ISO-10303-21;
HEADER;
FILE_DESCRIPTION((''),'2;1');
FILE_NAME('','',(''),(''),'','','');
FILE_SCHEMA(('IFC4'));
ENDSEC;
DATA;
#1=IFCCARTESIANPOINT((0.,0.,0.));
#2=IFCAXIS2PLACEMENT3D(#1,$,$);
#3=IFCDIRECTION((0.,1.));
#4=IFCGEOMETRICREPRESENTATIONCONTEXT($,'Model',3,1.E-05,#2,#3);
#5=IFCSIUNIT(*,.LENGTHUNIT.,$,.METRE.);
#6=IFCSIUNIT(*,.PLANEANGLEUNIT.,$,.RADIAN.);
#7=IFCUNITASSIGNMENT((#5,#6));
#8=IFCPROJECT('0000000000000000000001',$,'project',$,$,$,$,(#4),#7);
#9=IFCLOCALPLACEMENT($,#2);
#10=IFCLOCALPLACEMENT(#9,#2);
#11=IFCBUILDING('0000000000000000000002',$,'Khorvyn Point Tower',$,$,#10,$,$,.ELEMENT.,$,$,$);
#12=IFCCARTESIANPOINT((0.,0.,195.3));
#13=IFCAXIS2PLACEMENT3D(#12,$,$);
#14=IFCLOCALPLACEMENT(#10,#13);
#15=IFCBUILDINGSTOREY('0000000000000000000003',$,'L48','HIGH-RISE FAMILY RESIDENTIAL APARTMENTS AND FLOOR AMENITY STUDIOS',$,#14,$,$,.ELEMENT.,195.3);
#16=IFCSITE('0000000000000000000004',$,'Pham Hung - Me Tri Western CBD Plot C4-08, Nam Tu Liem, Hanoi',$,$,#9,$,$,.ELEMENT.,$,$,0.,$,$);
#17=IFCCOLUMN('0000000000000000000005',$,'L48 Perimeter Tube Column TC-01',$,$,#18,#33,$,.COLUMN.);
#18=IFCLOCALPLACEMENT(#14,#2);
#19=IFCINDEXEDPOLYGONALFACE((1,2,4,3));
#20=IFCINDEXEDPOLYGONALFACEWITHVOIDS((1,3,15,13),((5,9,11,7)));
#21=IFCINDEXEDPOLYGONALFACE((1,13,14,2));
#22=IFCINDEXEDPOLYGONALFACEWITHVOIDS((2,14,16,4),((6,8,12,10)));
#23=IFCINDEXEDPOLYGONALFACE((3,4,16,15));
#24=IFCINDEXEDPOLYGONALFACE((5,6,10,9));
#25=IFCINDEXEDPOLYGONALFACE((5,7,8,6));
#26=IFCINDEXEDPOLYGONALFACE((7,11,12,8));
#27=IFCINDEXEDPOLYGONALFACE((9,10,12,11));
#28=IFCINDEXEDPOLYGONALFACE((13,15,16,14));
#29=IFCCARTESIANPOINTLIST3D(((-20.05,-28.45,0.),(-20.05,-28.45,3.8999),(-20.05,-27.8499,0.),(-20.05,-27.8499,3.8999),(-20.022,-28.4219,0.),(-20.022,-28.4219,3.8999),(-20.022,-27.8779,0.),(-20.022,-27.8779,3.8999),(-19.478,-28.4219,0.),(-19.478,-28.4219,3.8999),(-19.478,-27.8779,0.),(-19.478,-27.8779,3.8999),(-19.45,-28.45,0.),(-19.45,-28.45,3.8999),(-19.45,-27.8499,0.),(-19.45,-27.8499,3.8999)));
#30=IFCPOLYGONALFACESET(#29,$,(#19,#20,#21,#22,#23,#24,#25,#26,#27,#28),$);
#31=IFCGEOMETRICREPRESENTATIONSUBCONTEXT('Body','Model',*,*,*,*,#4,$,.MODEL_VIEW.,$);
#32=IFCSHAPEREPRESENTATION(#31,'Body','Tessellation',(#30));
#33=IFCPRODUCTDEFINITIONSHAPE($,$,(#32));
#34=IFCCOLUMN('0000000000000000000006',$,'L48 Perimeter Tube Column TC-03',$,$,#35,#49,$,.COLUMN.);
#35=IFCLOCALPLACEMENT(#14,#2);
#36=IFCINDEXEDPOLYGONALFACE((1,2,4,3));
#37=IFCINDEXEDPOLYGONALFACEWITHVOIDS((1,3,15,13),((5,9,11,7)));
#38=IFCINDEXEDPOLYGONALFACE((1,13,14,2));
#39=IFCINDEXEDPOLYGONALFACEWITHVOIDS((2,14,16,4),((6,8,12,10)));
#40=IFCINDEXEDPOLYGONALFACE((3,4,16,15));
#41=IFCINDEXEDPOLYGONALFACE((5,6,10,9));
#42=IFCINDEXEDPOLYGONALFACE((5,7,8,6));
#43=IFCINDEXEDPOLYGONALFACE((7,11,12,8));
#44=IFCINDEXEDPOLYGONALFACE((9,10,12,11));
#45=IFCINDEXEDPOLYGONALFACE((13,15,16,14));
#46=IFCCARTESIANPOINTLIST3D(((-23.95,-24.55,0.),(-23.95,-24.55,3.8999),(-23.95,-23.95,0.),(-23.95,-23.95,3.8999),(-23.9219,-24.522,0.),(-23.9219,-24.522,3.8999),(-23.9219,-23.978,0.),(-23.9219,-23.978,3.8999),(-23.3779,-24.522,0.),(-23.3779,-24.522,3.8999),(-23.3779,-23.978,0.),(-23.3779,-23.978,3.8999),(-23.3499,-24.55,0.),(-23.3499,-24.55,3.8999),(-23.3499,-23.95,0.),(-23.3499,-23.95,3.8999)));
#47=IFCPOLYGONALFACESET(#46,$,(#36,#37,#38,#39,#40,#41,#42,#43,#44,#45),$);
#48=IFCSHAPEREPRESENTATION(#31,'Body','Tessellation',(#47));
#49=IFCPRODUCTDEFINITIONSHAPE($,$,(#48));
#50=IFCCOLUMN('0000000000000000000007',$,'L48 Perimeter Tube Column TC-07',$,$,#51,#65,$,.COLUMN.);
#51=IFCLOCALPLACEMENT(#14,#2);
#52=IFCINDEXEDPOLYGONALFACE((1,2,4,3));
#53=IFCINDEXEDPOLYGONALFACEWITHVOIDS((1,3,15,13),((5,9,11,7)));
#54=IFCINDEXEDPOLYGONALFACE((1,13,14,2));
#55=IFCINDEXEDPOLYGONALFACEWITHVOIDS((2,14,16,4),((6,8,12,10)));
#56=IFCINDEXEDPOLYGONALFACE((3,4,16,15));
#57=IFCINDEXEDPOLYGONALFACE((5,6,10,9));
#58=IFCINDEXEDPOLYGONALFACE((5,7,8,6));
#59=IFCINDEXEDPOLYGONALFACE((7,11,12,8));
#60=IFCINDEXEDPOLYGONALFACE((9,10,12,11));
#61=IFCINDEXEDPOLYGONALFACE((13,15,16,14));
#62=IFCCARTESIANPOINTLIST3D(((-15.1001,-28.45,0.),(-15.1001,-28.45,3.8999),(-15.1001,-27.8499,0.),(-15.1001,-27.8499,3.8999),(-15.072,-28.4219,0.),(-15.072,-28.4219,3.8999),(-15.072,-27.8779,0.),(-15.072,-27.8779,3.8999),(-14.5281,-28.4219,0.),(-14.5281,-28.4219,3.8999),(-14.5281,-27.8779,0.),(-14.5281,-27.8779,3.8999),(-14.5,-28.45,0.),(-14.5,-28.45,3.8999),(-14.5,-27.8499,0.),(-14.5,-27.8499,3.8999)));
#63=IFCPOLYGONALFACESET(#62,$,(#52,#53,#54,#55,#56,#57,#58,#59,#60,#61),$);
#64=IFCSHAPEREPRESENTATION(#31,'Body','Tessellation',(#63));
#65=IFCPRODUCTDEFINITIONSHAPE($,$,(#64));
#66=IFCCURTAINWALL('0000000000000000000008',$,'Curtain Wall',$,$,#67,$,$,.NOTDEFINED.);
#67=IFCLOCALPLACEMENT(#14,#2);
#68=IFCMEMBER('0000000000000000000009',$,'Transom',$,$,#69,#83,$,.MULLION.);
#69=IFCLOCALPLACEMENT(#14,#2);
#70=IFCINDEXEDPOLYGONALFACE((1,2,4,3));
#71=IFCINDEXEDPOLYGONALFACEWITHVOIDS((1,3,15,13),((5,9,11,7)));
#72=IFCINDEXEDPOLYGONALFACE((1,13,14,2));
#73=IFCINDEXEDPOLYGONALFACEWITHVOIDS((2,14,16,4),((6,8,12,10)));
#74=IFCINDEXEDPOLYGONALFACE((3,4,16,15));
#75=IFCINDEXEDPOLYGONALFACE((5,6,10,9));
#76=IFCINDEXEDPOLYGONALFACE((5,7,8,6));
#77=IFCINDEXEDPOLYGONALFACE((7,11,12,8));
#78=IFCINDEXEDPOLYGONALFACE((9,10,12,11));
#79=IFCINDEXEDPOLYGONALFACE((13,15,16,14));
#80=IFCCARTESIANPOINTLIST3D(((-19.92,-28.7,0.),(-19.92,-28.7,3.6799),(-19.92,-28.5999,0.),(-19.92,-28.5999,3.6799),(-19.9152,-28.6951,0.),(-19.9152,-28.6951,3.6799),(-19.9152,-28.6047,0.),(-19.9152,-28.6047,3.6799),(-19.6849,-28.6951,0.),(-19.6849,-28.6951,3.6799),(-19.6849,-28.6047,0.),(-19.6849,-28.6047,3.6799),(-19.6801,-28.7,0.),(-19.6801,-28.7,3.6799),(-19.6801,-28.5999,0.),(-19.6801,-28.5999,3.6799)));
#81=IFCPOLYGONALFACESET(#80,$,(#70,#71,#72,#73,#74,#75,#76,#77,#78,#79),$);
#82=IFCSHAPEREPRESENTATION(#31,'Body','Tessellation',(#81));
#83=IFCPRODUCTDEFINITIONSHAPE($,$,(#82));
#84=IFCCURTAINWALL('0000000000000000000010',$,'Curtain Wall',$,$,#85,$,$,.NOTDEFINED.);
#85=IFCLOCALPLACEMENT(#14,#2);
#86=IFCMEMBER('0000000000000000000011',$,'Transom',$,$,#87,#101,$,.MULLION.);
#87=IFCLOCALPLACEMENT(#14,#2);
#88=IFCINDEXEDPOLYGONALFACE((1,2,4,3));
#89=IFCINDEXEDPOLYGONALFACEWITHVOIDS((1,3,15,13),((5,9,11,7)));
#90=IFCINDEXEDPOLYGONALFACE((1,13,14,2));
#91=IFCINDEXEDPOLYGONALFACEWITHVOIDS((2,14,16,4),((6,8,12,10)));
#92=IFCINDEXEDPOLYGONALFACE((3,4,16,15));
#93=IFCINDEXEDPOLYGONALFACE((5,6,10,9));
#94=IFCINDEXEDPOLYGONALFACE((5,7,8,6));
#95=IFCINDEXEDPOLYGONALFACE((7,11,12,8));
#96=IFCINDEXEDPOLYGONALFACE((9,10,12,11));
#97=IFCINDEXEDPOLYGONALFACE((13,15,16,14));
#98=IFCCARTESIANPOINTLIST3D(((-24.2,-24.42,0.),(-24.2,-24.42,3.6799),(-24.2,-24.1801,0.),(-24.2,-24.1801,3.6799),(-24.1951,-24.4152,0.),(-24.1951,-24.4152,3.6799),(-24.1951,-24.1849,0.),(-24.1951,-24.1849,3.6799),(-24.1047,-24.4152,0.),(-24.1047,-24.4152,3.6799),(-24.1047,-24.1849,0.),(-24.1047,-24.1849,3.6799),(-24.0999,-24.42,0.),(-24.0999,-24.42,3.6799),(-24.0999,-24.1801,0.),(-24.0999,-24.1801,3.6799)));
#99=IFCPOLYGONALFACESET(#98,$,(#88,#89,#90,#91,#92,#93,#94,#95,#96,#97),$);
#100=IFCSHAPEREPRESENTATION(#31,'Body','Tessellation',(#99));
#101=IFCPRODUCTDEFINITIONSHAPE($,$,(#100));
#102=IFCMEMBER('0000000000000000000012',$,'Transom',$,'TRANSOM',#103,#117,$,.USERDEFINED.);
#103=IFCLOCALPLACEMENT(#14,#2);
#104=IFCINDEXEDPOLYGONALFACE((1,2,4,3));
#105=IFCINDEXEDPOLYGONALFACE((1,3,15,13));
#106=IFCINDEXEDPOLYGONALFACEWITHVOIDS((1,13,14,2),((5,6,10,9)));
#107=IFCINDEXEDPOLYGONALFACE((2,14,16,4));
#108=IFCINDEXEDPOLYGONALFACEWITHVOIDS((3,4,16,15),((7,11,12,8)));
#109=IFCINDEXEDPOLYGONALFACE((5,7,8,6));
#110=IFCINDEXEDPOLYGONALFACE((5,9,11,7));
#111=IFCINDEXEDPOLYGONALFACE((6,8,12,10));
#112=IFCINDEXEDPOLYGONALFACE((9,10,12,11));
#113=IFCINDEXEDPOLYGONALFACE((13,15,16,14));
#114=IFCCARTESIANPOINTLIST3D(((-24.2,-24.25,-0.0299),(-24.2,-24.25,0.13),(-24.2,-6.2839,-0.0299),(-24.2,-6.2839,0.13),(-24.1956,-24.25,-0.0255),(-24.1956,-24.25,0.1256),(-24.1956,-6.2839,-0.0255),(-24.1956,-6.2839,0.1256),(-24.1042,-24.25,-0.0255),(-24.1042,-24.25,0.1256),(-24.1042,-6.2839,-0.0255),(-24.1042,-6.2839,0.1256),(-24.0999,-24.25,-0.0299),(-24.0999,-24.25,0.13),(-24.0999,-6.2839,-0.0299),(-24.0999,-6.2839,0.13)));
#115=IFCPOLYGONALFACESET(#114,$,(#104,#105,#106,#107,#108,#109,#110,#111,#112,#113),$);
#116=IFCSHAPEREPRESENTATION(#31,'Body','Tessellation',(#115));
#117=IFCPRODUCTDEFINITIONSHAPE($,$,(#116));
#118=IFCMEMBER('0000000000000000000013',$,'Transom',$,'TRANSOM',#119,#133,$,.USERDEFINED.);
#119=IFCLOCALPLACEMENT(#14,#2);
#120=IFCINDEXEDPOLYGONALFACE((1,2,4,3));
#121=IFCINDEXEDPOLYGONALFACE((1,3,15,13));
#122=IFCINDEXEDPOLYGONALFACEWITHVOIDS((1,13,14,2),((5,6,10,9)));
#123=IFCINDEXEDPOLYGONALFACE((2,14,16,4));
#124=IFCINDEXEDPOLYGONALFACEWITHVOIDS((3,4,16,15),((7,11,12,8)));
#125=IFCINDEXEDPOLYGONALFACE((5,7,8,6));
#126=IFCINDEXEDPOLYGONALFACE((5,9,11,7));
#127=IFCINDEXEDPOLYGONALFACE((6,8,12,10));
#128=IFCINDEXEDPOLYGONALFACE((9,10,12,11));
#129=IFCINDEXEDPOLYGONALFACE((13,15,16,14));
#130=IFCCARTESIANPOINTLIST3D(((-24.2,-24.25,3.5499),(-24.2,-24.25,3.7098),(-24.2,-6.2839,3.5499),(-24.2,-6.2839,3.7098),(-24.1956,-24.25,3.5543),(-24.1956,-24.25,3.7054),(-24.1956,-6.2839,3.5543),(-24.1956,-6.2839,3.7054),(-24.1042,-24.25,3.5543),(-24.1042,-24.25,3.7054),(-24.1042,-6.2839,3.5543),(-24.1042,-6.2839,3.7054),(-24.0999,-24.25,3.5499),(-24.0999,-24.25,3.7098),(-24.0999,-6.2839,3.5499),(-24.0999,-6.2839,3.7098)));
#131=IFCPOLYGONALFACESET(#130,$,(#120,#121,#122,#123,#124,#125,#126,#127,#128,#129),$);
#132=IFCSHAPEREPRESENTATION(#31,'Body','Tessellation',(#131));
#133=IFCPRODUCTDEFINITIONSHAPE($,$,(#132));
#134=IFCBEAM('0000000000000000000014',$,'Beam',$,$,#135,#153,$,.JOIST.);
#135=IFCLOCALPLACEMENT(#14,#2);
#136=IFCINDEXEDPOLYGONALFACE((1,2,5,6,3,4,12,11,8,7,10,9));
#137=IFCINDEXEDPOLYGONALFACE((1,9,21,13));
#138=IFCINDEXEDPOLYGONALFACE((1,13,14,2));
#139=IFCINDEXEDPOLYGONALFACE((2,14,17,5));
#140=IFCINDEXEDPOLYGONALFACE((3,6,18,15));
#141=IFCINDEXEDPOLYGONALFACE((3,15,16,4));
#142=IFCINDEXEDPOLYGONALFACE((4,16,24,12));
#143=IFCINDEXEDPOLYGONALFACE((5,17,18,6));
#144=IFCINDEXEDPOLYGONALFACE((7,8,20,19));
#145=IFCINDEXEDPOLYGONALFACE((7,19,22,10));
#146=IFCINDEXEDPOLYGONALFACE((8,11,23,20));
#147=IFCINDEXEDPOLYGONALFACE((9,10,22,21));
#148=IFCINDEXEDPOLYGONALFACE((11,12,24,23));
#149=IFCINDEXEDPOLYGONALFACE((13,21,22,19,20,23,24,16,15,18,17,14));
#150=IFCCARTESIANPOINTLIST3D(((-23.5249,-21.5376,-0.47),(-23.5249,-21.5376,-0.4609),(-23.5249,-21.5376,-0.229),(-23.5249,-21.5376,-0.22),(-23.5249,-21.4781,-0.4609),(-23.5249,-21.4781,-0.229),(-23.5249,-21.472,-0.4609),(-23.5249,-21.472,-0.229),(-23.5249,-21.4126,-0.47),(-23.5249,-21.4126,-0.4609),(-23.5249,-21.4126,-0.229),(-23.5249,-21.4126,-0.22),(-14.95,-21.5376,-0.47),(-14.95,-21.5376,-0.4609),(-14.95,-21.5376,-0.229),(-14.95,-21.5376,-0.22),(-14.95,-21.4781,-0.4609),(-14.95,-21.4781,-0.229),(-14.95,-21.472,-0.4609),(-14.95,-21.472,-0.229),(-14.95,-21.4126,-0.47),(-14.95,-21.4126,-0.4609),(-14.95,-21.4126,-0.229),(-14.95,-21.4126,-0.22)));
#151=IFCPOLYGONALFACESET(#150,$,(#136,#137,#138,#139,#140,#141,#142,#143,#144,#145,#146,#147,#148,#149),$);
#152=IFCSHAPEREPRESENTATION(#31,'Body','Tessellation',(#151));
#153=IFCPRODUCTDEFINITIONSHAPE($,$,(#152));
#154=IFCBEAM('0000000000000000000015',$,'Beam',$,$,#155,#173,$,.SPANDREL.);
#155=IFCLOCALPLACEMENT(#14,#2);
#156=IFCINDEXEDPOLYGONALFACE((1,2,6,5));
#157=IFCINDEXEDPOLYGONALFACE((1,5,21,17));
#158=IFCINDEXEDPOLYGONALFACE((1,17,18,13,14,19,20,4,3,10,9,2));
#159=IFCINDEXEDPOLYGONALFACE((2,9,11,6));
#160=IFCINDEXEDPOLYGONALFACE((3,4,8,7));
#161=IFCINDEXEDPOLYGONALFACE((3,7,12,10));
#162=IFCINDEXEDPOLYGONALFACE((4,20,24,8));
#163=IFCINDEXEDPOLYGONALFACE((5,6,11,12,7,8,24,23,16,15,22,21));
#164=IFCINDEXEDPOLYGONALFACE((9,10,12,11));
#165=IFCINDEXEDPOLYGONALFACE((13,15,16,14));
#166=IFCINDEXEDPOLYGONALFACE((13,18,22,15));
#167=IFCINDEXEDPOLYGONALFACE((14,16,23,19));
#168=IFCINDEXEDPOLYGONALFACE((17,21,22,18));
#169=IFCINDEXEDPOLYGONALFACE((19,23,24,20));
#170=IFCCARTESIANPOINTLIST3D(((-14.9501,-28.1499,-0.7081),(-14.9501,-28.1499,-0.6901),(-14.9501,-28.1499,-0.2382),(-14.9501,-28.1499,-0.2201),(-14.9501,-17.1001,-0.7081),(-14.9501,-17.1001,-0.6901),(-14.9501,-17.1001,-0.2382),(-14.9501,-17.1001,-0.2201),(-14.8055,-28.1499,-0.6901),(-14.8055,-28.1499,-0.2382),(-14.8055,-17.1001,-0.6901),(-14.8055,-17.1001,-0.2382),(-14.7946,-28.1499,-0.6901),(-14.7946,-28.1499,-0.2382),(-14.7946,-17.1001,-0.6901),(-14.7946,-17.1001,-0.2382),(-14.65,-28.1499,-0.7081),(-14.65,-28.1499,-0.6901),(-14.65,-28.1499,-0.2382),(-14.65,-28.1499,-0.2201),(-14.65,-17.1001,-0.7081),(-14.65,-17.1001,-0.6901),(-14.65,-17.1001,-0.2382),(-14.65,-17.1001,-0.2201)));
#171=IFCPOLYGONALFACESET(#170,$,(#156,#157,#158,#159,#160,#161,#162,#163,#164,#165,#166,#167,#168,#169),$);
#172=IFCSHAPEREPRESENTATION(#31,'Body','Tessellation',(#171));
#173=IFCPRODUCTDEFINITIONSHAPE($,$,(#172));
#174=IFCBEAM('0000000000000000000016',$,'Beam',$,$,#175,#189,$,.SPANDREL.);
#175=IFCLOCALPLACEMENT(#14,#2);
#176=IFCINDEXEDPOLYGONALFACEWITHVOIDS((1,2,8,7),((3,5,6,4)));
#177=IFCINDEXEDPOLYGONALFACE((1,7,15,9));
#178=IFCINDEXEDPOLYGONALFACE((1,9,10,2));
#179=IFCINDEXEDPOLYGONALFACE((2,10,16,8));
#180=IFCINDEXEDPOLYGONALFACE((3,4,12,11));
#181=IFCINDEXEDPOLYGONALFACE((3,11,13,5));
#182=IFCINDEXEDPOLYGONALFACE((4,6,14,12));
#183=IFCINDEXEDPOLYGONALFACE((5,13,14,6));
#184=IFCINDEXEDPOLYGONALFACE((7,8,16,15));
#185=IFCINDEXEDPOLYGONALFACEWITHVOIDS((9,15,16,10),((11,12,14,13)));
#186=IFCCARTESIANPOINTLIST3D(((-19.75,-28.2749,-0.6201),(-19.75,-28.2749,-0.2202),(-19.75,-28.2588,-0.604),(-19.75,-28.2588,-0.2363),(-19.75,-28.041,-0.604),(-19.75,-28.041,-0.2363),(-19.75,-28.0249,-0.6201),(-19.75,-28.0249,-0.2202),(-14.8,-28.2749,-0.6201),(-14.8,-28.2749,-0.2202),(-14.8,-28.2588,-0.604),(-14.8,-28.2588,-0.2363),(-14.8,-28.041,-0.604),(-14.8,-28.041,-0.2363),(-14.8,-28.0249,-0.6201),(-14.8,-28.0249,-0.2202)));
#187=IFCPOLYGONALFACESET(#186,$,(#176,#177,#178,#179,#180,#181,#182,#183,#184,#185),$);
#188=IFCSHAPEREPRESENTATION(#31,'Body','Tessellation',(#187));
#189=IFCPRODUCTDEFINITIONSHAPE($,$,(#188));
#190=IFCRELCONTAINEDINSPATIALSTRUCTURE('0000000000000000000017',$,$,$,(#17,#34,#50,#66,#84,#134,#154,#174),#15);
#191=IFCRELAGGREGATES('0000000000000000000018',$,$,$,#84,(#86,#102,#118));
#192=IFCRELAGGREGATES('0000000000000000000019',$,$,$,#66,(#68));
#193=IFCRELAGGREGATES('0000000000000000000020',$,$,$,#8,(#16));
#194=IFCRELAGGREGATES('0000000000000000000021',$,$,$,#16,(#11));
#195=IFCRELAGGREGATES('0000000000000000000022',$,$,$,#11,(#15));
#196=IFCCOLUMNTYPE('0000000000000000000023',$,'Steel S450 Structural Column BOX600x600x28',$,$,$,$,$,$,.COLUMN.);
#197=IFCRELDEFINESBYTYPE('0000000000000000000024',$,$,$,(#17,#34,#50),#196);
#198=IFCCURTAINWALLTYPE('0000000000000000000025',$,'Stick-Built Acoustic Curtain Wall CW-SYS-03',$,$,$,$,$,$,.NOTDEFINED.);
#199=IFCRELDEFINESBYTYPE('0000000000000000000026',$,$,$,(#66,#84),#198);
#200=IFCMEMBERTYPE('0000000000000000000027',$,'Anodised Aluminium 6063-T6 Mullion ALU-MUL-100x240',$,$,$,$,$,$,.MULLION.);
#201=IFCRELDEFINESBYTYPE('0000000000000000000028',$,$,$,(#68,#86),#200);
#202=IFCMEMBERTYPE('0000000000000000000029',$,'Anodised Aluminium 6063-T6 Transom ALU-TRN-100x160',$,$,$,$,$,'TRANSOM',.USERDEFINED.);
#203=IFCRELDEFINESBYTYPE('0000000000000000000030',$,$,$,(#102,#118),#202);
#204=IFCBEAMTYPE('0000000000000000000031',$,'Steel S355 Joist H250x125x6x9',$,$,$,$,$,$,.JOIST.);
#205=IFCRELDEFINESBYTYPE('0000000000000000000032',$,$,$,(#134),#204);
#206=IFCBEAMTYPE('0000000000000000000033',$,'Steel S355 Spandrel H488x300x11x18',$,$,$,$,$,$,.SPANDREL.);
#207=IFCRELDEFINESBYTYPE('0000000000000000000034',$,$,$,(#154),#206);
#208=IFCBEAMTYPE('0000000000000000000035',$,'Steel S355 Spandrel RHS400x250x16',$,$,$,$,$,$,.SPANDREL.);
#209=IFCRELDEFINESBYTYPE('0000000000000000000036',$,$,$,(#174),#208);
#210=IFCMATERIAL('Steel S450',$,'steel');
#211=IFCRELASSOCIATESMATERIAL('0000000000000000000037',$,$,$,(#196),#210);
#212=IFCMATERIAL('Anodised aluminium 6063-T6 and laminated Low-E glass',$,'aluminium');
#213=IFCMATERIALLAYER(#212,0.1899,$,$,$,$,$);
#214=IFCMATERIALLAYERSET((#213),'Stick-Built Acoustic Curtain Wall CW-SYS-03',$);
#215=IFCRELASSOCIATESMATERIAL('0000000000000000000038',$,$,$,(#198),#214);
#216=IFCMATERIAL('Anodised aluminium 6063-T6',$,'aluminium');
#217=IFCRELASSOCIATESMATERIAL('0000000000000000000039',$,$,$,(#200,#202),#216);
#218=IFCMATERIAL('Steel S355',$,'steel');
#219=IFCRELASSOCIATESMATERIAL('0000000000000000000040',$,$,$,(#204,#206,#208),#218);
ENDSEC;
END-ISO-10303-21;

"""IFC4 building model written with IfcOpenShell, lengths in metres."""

from ifc_helpers import new_model, si_unit, direction, frame, origin, origin_2d, place, context, subcontext, project, spatial, hollow_rectangle, i_section, extrude, material, layer, layer_set, material_profile, profile_set, type_object, element, aggregate, save


model = new_model("IFC4")

# Units and contexts
model_context = context("Model", 3, precision=1e-05, world=origin(), true_north=direction((0.0, 1.0)))
body_context = subcontext(model_context, "Body", "Model", "MODEL_VIEW")
ifc_project = project(units=[si_unit("LENGTHUNIT", "METRE"), si_unit("PLANEANGLEUNIT", "RADIAN")], contexts=[model_context])

# Site, building, storey
site_placement = place(None, origin())
site = spatial("IfcSite", under=ifc_project, at=site_placement, Name="Pham Hung - Me Tri Western CBD Plot C4-08, Nam Tu Liem, Hanoi", CompositionType="ELEMENT", RefElevation=0.0)
building_placement = place(site_placement, origin())
building = spatial("IfcBuilding", under=site, at=building_placement, Name="Khorvyn Point Tower", CompositionType="ELEMENT")
storey_placement = place(building_placement, frame((0.0, 0.0, 195.3)))
storey = spatial("IfcBuildingStorey", under=building, at=storey_placement, Name="L48", Description="HIGH-RISE FAMILY RESIDENTIAL APARTMENTS AND FLOOR AMENITY STUDIOS", CompositionType="ELEMENT", Elevation=195.3)

# Columns
ifc_material_1 = material(Name="Steel S450", Category="steel")
ifc_material_profile_1 = material_profile(ifc_material_1, hollow_rectangle(XDim=0.6001, YDim=0.6001, WallThickness=0.0281, at=origin_2d()))
ifc_profile_set_1 = profile_set([ifc_material_profile_1], Name="Steel S450 BOX600x600x28")
column_type = type_object("IfcColumnType", Name="Steel S450 Structural Column BOX600x600x28", PredefinedType="COLUMN", material=ifc_profile_set_1)
for number, where, z_axis, x_axis, name in (
    (1, (-19.75, -28.1499, 0.0), (0.0, 0.0, 1.0), (1.0, 0.0, 0.0), "L48 Perimeter Tube Column TC-01"),
    (2, (-23.6499, -24.25, 0.0), (0.0, 0.0, 1.0), (1.0, 0.0, 0.0), "L48 Perimeter Tube Column TC-03"),
    (3, (-14.8, -28.1499, 0.0), (0.0, 0.0, 1.0), (1.0, 0.0, 0.0), "L48 Perimeter Tube Column TC-07"),
):
    element("IfcColumn", number, at=place(storey_placement, frame(where, z_axis=z_axis, x_axis=x_axis)), inside=storey, type_object=column_type, Name=name, PredefinedType="COLUMN", context=body_context, shape_type="SweptSolid", body=[
        extrude(hollow_rectangle(XDim=0.6001, YDim=0.6001, WallThickness=0.0281, at=origin_2d()), origin(), (0.0, 0.0, 1.0), 3.8999),
    ])

# Curtain wall, member
ifc_material_2 = material(Name="Anodised aluminium 6063-T6 and laminated Low-E glass", Category="aluminium")
ifc_layer_1 = layer(ifc_material_2, 0.1899)
ifc_layer_set_1 = layer_set([ifc_layer_1], Name="Stick-Built Acoustic Curtain Wall CW-SYS-03")
curtain_wall_type = type_object("IfcCurtainWallType", Name="Stick-Built Acoustic Curtain Wall CW-SYS-03", PredefinedType="NOTDEFINED", material=ifc_layer_set_1)
curtain_wall_1_placement = place(storey_placement, origin())
curtain_wall_1 = element("IfcCurtainWall", 4, at=curtain_wall_1_placement, inside=storey, type_object=curtain_wall_type, Name="Curtain Wall", PredefinedType="NOTDEFINED")
ifc_material_3 = material(Name="Anodised aluminium 6063-T6", Category="aluminium")
ifc_material_profile_2 = material_profile(ifc_material_3, hollow_rectangle(XDim=0.1001, YDim=0.24, WallThickness=0.0049, at=origin_2d()))
ifc_profile_set_2 = profile_set([ifc_material_profile_2], Name="Anodised aluminium 6063-T6 ALU-MUL-100x240")
member_type_1 = type_object("IfcMemberType", Name="Anodised Aluminium 6063-T6 Mullion ALU-MUL-100x240", PredefinedType="MULLION", material=ifc_profile_set_2)
member_1_placement = place(storey_placement, frame((-19.8, -28.6499, 0.0), z_axis=(0.0, 0.0, 1.0), x_axis=(0.0, -1.0, 0.0)))
member_1 = element("IfcMember", 5, at=member_1_placement, type_object=member_type_1, Name="Transom", PredefinedType="MULLION", context=body_context, shape_type="SweptSolid", body=[
    extrude(hollow_rectangle(XDim=0.1001, YDim=0.24, WallThickness=0.0049, at=origin_2d()), origin(), (0.0, 0.0, 1.0), 3.6799),
])

# Curtain wall, members
curtain_wall_2_placement = place(storey_placement, origin())
curtain_wall_2 = element("IfcCurtainWall", 6, at=curtain_wall_2_placement, inside=storey, type_object=curtain_wall_type, Name="Curtain Wall", PredefinedType="NOTDEFINED")
member_2_placement = place(storey_placement, frame((-24.1499, -24.3, 0.0), z_axis=(0.0, 0.0, 1.0), x_axis=(-1.0, 0.0, 0.0)))
member_2 = element("IfcMember", 7, at=member_2_placement, type_object=member_type_1, Name="Transom", PredefinedType="MULLION", context=body_context, shape_type="SweptSolid", body=[
    extrude(hollow_rectangle(XDim=0.1001, YDim=0.24, WallThickness=0.0049, at=origin_2d()), origin(), (0.0, 0.0, 1.0), 3.6799),
])
ifc_material_profile_3 = material_profile(ifc_material_3, hollow_rectangle(XDim=0.1001, YDim=0.1599, WallThickness=0.0044, at=origin_2d()))
ifc_profile_set_3 = profile_set([ifc_material_profile_3], Name="Anodised aluminium 6063-T6 ALU-TRN-100x160")
member_type_2 = type_object("IfcMemberType", Name="Anodised Aluminium 6063-T6 Transom ALU-TRN-100x160", ElementType="TRANSOM", PredefinedType="USERDEFINED", material=ifc_profile_set_3)
member_3_placement = place(storey_placement, frame((-24.1499, -24.25, 0.05), z_axis=(0.0, 1.0, 0.0), x_axis=(-1.0, 0.0, 0.0)))
member_3 = element("IfcMember", 8, at=member_3_placement, type_object=member_type_2, Name="Transom", ObjectType="TRANSOM", PredefinedType="USERDEFINED", context=body_context, shape_type="SweptSolid", body=[
    extrude(hollow_rectangle(XDim=0.1001, YDim=0.1599, WallThickness=0.0044, at=origin_2d()), origin(), (0.0, 0.0, 1.0), 17.9661),
])
member_4_placement = place(storey_placement, frame((-24.1499, -24.25, 3.6299), z_axis=(0.0, 1.0, 0.0), x_axis=(-1.0, 0.0, 0.0)))
member_4 = element("IfcMember", 9, at=member_4_placement, type_object=member_type_2, Name="Transom", ObjectType="TRANSOM", PredefinedType="USERDEFINED", context=body_context, shape_type="SweptSolid", body=[
    extrude(hollow_rectangle(XDim=0.1001, YDim=0.1599, WallThickness=0.0044, at=origin_2d()), origin(), (0.0, 0.0, 1.0), 17.9661),
])
aggregate(curtain_wall_2, [member_2, member_3, member_4])

# Beams
ifc_material_4 = material(Name="Steel S355", Category="steel")
ifc_material_profile_4 = material_profile(ifc_material_4, i_section(OverallWidth=0.125, OverallDepth=0.25, WebThickness=0.0061, FlangeThickness=0.009, at=origin_2d()))
ifc_profile_set_4 = profile_set([ifc_material_profile_4], Name="Steel S355 H250x125x6x9")
beam_type_1 = type_object("IfcBeamType", Name="Steel S355 Joist H250x125x6x9", PredefinedType="JOIST", material=ifc_profile_set_4)
beam_1_placement = place(storey_placement, frame((-23.5249, -21.4751, -0.345), z_axis=(1.0, 0.0, 0.0), x_axis=(0.0, 1.0, 0.0)))
element("IfcBeam", 10, at=beam_1_placement, inside=storey, type_object=beam_type_1, Name="Beam", PredefinedType="JOIST", context=body_context, shape_type="SweptSolid", body=[
    extrude(i_section(OverallWidth=0.125, OverallDepth=0.25, WebThickness=0.0061, FlangeThickness=0.009, at=origin_2d()), origin(), (0.0, 0.0, 1.0), 8.575),
])
ifc_material_profile_5 = material_profile(ifc_material_4, i_section(OverallWidth=0.3, OverallDepth=0.488, WebThickness=0.011, FlangeThickness=0.0181, at=origin_2d()))
ifc_profile_set_5 = profile_set([ifc_material_profile_5], Name="Steel S355 H488x300x11x18")
beam_type_2 = type_object("IfcBeamType", Name="Steel S355 Spandrel H488x300x11x18", PredefinedType="SPANDREL", material=ifc_profile_set_5)
beam_2_placement = place(storey_placement, frame((-14.8, -28.1499, -0.4641), z_axis=(0.0, 1.0, 0.0), x_axis=(-1.0, 0.0, 0.0)))
element("IfcBeam", 11, at=beam_2_placement, inside=storey, type_object=beam_type_2, Name="Beam", PredefinedType="SPANDREL", context=body_context, shape_type="SweptSolid", body=[
    extrude(i_section(OverallWidth=0.3, OverallDepth=0.488, WebThickness=0.011, FlangeThickness=0.0181, at=origin_2d()), origin(), (0.0, 0.0, 1.0), 11.0498),
])
ifc_material_profile_6 = material_profile(ifc_material_4, hollow_rectangle(XDim=0.25, YDim=0.3999, WallThickness=0.0161, at=origin_2d()))
ifc_profile_set_6 = profile_set([ifc_material_profile_6], Name="Steel S355 RHS400x250x16")
beam_type_3 = type_object("IfcBeamType", Name="Steel S355 Spandrel RHS400x250x16", PredefinedType="SPANDREL", material=ifc_profile_set_6)
beam_3_placement = place(storey_placement, frame((-19.75, -28.1499, -0.4202), z_axis=(1.0, 0.0, 0.0), x_axis=(0.0, 1.0, 0.0)))
element("IfcBeam", 12, at=beam_3_placement, inside=storey, type_object=beam_type_3, Name="Beam", PredefinedType="SPANDREL", context=body_context, shape_type="SweptSolid", body=[
    extrude(hollow_rectangle(XDim=0.25, YDim=0.3999, WallThickness=0.0161, at=origin_2d()), origin(), (0.0, 0.0, 1.0), 4.95),
])

aggregate(curtain_wall_1, [member_1])

save(model, "model.ifc")
